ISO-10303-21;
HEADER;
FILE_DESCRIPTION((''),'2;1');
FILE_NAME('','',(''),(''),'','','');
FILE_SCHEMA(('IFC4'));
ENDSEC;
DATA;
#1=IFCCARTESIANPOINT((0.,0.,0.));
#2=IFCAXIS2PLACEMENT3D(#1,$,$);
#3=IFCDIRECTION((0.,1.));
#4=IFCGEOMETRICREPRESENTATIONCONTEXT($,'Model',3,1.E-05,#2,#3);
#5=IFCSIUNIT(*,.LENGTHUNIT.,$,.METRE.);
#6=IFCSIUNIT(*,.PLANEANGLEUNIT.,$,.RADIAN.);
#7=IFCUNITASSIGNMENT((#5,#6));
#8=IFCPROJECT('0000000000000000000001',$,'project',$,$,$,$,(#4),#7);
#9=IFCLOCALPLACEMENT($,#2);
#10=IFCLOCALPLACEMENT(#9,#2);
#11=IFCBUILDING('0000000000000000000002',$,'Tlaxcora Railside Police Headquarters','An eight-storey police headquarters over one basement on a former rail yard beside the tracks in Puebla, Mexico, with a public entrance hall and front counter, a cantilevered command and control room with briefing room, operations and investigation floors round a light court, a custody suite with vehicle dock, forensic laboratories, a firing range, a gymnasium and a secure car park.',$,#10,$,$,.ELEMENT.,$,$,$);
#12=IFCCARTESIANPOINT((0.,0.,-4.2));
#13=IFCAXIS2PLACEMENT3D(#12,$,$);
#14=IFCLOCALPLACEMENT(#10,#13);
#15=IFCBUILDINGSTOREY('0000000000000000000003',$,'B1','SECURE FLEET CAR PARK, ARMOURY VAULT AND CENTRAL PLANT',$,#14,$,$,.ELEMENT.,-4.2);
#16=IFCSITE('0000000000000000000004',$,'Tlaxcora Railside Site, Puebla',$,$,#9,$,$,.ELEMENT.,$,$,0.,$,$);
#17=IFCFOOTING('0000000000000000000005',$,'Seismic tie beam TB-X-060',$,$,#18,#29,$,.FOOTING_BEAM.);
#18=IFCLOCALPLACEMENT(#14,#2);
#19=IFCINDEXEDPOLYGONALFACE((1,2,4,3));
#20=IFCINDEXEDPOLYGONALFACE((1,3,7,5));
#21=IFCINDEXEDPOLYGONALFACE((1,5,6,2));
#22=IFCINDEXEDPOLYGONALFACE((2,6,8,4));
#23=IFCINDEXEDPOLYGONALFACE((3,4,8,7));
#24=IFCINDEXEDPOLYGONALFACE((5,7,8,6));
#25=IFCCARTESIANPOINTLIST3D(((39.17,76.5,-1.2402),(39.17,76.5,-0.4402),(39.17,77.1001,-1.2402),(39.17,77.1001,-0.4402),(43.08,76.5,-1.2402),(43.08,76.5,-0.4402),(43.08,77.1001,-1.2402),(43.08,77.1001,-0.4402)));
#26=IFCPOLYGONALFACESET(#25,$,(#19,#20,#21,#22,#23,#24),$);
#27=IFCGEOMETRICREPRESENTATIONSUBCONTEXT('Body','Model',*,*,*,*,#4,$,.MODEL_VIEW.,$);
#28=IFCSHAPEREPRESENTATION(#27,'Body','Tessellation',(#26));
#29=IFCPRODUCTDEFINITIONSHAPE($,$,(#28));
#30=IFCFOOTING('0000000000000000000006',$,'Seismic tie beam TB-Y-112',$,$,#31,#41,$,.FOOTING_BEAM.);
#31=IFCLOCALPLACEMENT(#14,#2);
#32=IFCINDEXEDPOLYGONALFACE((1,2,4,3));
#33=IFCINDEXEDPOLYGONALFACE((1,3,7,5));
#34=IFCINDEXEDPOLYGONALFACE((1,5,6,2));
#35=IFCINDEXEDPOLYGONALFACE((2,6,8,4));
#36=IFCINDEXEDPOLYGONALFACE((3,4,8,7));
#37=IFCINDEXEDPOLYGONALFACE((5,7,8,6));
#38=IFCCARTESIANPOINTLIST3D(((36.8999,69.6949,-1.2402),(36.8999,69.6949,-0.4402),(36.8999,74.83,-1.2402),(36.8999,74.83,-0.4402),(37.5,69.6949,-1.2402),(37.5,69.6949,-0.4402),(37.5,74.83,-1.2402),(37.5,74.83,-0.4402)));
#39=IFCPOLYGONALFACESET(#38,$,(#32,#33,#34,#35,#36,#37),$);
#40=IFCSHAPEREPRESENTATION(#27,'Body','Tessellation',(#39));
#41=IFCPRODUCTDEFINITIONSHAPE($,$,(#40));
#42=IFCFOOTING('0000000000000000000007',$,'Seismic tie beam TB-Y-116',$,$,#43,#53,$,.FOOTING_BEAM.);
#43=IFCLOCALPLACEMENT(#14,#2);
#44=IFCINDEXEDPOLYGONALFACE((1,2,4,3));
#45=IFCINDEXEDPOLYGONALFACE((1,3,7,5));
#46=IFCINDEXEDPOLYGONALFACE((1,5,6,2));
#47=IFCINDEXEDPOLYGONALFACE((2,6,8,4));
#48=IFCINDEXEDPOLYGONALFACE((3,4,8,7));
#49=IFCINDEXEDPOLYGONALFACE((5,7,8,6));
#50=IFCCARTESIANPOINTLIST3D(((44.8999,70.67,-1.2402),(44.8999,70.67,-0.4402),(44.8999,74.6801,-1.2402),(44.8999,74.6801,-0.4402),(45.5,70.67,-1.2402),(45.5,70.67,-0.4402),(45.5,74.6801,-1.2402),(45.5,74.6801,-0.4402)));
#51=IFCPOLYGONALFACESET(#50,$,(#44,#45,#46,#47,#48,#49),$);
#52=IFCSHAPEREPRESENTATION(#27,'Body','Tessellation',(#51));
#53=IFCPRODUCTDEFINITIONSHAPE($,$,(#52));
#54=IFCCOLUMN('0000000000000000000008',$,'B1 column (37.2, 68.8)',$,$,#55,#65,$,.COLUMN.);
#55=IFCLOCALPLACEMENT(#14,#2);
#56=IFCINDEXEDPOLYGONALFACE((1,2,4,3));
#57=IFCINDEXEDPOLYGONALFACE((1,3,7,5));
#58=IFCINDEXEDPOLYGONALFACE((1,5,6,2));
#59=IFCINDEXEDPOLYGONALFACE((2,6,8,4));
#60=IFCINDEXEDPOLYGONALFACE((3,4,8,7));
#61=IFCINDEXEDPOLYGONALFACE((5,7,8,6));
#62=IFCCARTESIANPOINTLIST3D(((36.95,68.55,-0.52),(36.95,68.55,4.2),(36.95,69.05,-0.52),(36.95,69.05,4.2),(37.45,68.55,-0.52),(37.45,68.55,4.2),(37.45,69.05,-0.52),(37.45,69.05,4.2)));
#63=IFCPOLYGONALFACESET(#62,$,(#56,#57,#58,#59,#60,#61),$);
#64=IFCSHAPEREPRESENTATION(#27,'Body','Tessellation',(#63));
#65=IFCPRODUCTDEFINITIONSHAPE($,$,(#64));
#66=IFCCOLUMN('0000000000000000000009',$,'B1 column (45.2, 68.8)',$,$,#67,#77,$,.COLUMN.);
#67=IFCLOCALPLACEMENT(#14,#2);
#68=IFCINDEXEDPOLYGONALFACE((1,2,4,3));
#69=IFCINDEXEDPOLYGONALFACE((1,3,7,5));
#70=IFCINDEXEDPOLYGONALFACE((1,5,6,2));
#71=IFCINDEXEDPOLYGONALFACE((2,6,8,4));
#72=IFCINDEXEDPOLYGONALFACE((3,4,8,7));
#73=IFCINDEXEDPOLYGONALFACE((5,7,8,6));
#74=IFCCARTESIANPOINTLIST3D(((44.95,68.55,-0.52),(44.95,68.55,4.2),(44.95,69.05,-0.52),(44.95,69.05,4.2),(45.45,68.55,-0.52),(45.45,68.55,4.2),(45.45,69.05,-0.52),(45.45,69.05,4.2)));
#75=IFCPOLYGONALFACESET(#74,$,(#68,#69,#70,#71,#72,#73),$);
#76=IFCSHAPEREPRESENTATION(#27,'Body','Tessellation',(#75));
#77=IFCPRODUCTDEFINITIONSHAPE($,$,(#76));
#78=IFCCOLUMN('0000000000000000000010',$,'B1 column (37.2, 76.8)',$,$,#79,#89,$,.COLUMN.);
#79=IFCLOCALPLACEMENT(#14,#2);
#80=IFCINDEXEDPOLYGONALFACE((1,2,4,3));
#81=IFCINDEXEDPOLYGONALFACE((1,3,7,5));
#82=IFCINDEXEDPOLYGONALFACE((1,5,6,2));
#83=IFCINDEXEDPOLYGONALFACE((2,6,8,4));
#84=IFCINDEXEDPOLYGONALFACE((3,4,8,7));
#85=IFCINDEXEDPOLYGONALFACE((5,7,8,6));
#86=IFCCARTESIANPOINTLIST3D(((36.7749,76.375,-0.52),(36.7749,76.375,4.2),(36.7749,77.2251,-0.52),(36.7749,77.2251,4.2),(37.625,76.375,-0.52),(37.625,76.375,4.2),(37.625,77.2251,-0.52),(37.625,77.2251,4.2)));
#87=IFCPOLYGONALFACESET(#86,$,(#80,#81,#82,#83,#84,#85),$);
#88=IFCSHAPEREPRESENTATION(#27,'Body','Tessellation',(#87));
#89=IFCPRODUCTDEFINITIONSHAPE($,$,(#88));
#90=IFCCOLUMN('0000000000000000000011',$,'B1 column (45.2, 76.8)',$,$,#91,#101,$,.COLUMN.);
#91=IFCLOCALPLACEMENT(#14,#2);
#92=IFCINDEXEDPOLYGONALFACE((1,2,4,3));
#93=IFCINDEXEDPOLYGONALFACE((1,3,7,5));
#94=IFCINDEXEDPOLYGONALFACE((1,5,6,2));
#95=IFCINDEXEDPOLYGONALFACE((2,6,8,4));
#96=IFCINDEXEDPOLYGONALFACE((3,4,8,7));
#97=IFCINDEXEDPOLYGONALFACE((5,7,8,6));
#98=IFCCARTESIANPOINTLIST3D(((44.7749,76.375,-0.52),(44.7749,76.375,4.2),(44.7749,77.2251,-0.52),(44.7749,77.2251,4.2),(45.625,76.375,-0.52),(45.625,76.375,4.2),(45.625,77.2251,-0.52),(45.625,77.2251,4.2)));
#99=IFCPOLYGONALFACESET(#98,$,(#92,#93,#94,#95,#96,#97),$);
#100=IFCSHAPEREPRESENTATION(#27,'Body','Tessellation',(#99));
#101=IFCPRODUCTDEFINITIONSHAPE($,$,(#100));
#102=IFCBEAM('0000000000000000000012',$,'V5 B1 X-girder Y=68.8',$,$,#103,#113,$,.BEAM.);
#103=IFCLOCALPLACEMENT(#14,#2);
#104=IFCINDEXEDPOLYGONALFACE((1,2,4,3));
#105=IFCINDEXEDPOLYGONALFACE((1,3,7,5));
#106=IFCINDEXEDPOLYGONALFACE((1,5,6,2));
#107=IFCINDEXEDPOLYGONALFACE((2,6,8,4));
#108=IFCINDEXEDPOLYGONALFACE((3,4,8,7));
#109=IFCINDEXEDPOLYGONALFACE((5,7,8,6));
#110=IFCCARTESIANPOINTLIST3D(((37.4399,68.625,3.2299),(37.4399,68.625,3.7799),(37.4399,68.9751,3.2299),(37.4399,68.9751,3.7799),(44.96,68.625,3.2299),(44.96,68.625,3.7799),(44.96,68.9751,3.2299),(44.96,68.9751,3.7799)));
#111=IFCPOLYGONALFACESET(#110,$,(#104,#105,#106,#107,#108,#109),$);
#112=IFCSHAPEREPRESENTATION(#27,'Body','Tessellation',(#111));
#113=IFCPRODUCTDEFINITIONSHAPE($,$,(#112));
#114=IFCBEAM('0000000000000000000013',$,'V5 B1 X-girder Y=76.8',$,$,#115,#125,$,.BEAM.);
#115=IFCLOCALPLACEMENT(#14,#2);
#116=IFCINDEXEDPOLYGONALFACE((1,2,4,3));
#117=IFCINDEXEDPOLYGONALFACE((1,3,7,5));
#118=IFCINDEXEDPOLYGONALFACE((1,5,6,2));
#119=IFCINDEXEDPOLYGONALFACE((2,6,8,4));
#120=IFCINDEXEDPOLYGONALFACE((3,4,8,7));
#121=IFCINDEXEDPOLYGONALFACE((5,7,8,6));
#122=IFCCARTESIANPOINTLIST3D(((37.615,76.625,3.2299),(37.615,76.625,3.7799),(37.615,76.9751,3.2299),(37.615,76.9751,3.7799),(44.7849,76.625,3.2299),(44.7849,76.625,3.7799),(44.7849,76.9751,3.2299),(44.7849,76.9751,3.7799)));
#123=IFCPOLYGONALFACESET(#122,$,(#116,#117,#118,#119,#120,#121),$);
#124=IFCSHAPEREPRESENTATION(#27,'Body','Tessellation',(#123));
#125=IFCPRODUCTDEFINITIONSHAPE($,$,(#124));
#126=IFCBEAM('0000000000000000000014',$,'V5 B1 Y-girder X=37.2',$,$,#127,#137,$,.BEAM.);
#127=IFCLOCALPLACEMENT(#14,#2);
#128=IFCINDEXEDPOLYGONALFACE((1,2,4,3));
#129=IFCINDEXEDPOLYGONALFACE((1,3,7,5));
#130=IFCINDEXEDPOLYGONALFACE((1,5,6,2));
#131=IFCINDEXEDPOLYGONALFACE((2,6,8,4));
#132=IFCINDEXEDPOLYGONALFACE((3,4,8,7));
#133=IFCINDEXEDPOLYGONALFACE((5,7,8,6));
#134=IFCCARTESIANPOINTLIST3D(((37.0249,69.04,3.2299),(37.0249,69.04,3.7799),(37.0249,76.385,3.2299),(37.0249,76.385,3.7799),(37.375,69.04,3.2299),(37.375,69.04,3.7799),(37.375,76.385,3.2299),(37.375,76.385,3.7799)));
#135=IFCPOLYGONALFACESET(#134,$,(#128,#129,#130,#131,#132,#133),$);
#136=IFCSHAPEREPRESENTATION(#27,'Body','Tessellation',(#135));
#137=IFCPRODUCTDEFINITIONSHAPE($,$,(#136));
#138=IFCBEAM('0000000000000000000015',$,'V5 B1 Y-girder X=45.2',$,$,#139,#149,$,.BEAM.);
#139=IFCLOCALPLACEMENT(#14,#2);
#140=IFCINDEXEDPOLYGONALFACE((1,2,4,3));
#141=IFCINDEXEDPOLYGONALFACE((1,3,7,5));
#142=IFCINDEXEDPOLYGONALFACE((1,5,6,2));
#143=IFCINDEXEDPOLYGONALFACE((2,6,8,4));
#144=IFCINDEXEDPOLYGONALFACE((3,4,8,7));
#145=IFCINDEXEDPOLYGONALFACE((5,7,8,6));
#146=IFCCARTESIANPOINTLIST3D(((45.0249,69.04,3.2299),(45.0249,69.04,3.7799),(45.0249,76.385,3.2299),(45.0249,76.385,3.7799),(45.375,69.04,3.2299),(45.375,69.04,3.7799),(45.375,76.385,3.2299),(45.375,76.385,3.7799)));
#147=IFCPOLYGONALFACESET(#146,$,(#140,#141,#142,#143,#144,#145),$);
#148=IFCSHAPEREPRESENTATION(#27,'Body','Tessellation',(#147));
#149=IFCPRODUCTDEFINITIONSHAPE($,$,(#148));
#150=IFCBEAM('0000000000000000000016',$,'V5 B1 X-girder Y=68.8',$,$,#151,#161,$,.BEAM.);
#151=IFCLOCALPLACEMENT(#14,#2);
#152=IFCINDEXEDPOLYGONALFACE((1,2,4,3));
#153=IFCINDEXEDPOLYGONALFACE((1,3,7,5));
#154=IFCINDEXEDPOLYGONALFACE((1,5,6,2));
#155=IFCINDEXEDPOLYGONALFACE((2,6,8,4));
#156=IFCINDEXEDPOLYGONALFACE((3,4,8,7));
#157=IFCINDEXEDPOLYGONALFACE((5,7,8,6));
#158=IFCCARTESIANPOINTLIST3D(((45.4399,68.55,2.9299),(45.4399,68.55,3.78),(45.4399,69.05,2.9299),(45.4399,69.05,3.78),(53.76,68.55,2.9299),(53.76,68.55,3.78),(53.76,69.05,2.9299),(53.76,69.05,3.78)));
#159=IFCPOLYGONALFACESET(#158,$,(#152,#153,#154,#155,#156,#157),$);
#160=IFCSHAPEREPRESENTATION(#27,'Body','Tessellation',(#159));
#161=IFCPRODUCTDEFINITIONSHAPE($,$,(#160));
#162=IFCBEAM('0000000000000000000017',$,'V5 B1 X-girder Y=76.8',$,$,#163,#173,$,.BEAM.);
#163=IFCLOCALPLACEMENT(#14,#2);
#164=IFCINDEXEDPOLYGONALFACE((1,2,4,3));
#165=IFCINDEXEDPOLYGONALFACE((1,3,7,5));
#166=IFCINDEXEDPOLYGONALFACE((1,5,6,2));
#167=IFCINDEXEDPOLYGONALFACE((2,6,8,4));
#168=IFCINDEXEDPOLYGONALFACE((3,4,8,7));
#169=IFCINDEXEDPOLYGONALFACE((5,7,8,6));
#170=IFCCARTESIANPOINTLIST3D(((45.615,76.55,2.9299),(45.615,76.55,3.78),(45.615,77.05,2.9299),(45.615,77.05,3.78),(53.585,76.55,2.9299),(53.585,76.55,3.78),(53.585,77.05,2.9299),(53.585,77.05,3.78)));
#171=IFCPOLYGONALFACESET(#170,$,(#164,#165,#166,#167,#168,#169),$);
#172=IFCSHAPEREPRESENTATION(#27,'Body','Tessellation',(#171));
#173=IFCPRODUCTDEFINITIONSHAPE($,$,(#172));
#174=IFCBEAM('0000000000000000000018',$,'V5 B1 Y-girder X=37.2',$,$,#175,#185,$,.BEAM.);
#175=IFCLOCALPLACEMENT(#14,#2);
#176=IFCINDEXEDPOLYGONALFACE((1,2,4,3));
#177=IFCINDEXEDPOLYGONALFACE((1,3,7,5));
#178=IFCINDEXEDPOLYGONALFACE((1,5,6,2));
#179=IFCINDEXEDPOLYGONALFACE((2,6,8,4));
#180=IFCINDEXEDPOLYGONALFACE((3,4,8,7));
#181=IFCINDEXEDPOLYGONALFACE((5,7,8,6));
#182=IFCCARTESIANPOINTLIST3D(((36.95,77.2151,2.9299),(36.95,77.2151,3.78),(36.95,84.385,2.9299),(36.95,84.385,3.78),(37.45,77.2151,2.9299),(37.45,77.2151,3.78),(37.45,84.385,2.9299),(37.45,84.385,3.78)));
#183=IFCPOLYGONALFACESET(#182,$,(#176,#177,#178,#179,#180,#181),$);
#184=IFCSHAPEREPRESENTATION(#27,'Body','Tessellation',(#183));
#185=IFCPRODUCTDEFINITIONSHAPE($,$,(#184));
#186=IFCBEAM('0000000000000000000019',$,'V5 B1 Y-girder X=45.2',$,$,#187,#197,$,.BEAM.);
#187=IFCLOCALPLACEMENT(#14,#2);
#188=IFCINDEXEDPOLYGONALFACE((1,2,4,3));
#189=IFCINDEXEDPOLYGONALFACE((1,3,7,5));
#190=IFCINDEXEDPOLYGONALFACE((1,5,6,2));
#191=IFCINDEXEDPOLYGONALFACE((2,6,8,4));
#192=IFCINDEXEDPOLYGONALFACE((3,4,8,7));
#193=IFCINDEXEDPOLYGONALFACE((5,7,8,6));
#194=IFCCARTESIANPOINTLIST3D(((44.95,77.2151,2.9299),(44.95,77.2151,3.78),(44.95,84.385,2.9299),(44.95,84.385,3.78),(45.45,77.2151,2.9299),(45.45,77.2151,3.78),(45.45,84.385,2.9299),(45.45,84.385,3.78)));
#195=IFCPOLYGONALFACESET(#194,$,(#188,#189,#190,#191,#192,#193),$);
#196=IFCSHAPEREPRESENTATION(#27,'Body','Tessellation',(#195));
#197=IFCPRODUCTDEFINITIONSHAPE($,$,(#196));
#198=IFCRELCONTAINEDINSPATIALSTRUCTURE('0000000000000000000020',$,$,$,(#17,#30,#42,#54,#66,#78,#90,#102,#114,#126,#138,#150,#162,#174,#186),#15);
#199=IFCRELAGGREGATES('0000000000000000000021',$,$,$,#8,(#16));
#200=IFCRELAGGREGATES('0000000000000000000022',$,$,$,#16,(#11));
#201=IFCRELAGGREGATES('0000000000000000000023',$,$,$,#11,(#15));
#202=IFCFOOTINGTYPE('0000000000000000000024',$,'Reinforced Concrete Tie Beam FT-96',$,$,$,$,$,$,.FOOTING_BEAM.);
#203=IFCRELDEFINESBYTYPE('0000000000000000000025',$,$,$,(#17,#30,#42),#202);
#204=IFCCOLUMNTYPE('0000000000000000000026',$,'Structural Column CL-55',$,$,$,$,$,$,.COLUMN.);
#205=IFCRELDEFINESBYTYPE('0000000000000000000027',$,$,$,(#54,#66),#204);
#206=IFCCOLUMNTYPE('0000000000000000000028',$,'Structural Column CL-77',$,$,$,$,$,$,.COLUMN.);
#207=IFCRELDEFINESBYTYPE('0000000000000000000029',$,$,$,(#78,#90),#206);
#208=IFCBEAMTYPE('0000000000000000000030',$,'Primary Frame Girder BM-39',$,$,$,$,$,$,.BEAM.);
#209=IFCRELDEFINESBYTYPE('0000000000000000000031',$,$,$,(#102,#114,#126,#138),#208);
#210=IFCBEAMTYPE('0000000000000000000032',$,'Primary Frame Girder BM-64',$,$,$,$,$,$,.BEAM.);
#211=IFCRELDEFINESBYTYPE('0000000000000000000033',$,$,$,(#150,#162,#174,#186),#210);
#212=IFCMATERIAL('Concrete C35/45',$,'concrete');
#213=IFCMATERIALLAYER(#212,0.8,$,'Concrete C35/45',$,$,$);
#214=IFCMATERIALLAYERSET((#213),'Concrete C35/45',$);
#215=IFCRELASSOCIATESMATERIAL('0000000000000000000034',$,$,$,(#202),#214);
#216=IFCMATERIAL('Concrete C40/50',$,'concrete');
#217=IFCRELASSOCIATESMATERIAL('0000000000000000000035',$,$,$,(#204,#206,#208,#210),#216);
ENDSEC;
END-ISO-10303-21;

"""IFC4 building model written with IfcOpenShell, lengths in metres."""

from ifc_helpers import new_model, si_unit, direction, frame, origin, origin_2d, place, context, subcontext, project, spatial, rectangle, extrude, material, layer, layer_set, material_profile, profile_set, type_object, element, save


model = new_model("IFC4")

# Units and contexts
model_context = context("Model", 3, precision=1e-05, world=origin(), true_north=direction((0.0, 1.0)))
body_context = subcontext(model_context, "Body", "Model", "MODEL_VIEW")
ifc_project = project(units=[si_unit("LENGTHUNIT", "METRE"), si_unit("PLANEANGLEUNIT", "RADIAN")], contexts=[model_context])

# Site, building, storey
site_placement = place(None, origin())
site = spatial("IfcSite", under=ifc_project, at=site_placement, Name="Tlaxcora Railside Site, Puebla", CompositionType="ELEMENT", RefElevation=0.0)
building_placement = place(site_placement, origin())
building = spatial("IfcBuilding", under=site, at=building_placement, Name="Tlaxcora Railside Police Headquarters", Description="An eight-storey police headquarters over one basement on a former rail yard beside the tracks in Puebla, Mexico, with a public entrance hall and front counter, a cantilevered command and control room with briefing room, operations and investigation floors round a light court, a custody suite with vehicle dock, forensic laboratories, a firing range, a gymnasium and a secure car park.", CompositionType="ELEMENT")
storey_placement = place(building_placement, frame((0.0, 0.0, -4.2)))
storey = spatial("IfcBuildingStorey", under=building, at=storey_placement, Name="B1", Description="SECURE FLEET CAR PARK, ARMOURY VAULT AND CENTRAL PLANT", CompositionType="ELEMENT", Elevation=-4.2)

# Shared definitions
ifc_material_1 = material(Name="Concrete C35/45", Category="concrete")

# Footings
ifc_material_2 = material(Name="Concrete C40/50", Category="concrete")
ifc_layer_1 = layer(ifc_material_1, 0.8, Name="Concrete C35/45")
ifc_layer_set_1 = layer_set([ifc_layer_1], Name="Concrete C35/45")
footing_type_1 = type_object("IfcFootingType", Name="Reinforced Concrete Tie Beam FT-96", PredefinedType="FOOTING_BEAM", material=ifc_layer_set_1)
footing_1_placement = place(storey_placement, frame((41.125, 76.8, -1.2402), z_axis=(0.0, 0.0, 1.0), x_axis=(1.0, 0.0, 0.0)))
element("IfcFooting", 1, at=footing_1_placement, inside=storey, type_object=footing_type_1, Name="Seismic tie beam TB-X-060", PredefinedType="FOOTING_BEAM", context=body_context, shape_type="SweptSolid", body=[
    extrude(rectangle(XDim=3.9099, YDim=0.6001, at=origin_2d()), origin(), (0.0, 0.0, 1.0), 0.8),
])
footing_2_placement = place(storey_placement, frame((37.2, 72.2625, -1.2402), z_axis=(0.0, 0.0, 1.0), x_axis=(0.0, 1.0, 0.0)))
element("IfcFooting", 2, at=footing_2_placement, inside=storey, type_object=footing_type_1, Name="Seismic tie beam TB-Y-112", PredefinedType="FOOTING_BEAM", context=body_context, shape_type="SweptSolid", body=[
    extrude(rectangle(XDim=5.135, YDim=0.6001, at=origin_2d()), origin(), (0.0, 0.0, 1.0), 0.8),
])
footing_3_placement = place(storey_placement, frame((45.2, 72.675, -1.2402), z_axis=(0.0, 0.0, 1.0), x_axis=(0.0, 1.0, 0.0)))
element("IfcFooting", 3, at=footing_3_placement, inside=storey, type_object=footing_type_1, Name="Seismic tie beam TB-Y-116", PredefinedType="FOOTING_BEAM", context=body_context, shape_type="SweptSolid", body=[
    extrude(rectangle(XDim=4.01, YDim=0.6001, at=origin_2d()), origin(), (0.0, 0.0, 1.0), 0.8),
])

# Columns
ifc_material_profile_1 = material_profile(ifc_material_2, rectangle(XDim=0.5, YDim=0.5, at=origin_2d()), Name="RC500X500")
ifc_profile_set_1 = profile_set([ifc_material_profile_1], Name="Concrete C40/50")
column_type_1 = type_object("IfcColumnType", Name="Structural Column CL-55", PredefinedType="COLUMN", material=ifc_profile_set_1)
for number, where, z_axis, x_axis, name in (
    (4, (37.2, 68.8, -0.52), (0.0, 0.0, 1.0), (1.0, 0.0, 0.0), "B1 column (37.2, 68.8)"),
    (5, (45.2, 68.8, -0.52), (0.0, 0.0, 1.0), (1.0, 0.0, 0.0), "B1 column (45.2, 68.8)"),
):
    element("IfcColumn", number, at=place(storey_placement, frame(where, z_axis=z_axis, x_axis=x_axis)), inside=storey, type_object=column_type_1, Name=name, PredefinedType="COLUMN", context=body_context, shape_type="SweptSolid", body=[
        extrude(rectangle(XDim=0.5, YDim=0.5, at=origin_2d()), origin(), (0.0, 0.0, 1.0), 4.72),
    ])
ifc_material_profile_2 = material_profile(ifc_material_2, rectangle(XDim=0.8501, YDim=0.8501, at=origin_2d()), Name="RC850X850")
ifc_profile_set_2 = profile_set([ifc_material_profile_2], Name="Concrete C40/50")
column_type_2 = type_object("IfcColumnType", Name="Structural Column CL-77", PredefinedType="COLUMN", material=ifc_profile_set_2)
for number, where, z_axis, x_axis, name in (
    (6, (37.2, 76.8, -0.52), (0.0, 0.0, 1.0), (1.0, 0.0, 0.0), "B1 column (37.2, 76.8)"),
    (7, (45.2, 76.8, -0.52), (0.0, 0.0, 1.0), (1.0, 0.0, 0.0), "B1 column (45.2, 76.8)"),
):
    element("IfcColumn", number, at=place(storey_placement, frame(where, z_axis=z_axis, x_axis=x_axis)), inside=storey, type_object=column_type_2, Name=name, PredefinedType="COLUMN", context=body_context, shape_type="SweptSolid", body=[
        extrude(rectangle(XDim=0.8501, YDim=0.8501, at=origin_2d()), origin(), (0.0, 0.0, 1.0), 4.72),
    ])

# Beams
ifc_material_profile_3 = material_profile(ifc_material_2, rectangle(XDim=0.3501, YDim=0.55, at=origin_2d()), Name="RC350X550")
ifc_profile_set_3 = profile_set([ifc_material_profile_3], Name="Concrete C40/50")
beam_type_1 = type_object("IfcBeamType", Name="Primary Frame Girder BM-39", PredefinedType="BEAM", material=ifc_profile_set_3)
beam_1_placement = place(storey_placement, frame((37.4399, 68.8, 3.5049), z_axis=(1.0, 0.0, 0.0), x_axis=(0.0, 1.0, 0.0)))
element("IfcBeam", 8, at=beam_1_placement, inside=storey, type_object=beam_type_1, Name="V5 B1 X-girder Y=68.8", PredefinedType="BEAM", context=body_context, shape_type="SweptSolid", body=[
    extrude(rectangle(XDim=0.3501, YDim=0.55, at=origin_2d()), origin(), (0.0, 0.0, 1.0), 7.52),
])
beam_2_placement = place(storey_placement, frame((37.615, 76.8, 3.5049), z_axis=(1.0, 0.0, 0.0), x_axis=(0.0, 1.0, 0.0)))
element("IfcBeam", 9, at=beam_2_placement, inside=storey, type_object=beam_type_1, Name="V5 B1 X-girder Y=76.8", PredefinedType="BEAM", context=body_context, shape_type="SweptSolid", body=[
    extrude(rectangle(XDim=0.3501, YDim=0.55, at=origin_2d()), origin(), (0.0, 0.0, 1.0), 7.1699),
])
for number, where, z_axis, x_axis, name in (
    (10, (37.2, 69.04, 3.5049), (0.0, 1.0, 0.0), (-1.0, 0.0, 0.0), "V5 B1 Y-girder X=37.2"),
    (11, (45.2, 69.04, 3.5049), (0.0, 1.0, 0.0), (-1.0, 0.0, 0.0), "V5 B1 Y-girder X=45.2"),
):
    element("IfcBeam", number, at=place(storey_placement, frame(where, z_axis=z_axis, x_axis=x_axis)), inside=storey, type_object=beam_type_1, Name=name, PredefinedType="BEAM", context=body_context, shape_type="SweptSolid", body=[
        extrude(rectangle(XDim=0.3501, YDim=0.55, at=origin_2d()), origin(), (0.0, 0.0, 1.0), 7.345),
    ])
ifc_material_profile_4 = material_profile(ifc_material_2, rectangle(XDim=0.5, YDim=0.8501, at=origin_2d()), Name="RC500X850")
ifc_profile_set_4 = profile_set([ifc_material_profile_4], Name="Concrete C40/50")
beam_type_2 = type_object("IfcBeamType", Name="Primary Frame Girder BM-64", PredefinedType="BEAM", material=ifc_profile_set_4)
beam_3_placement = place(storey_placement, frame((45.4399, 68.8, 3.355), z_axis=(1.0, 0.0, 0.0), x_axis=(0.0, 1.0, 0.0)))
element("IfcBeam", 12, at=beam_3_placement, inside=storey, type_object=beam_type_2, Name="V5 B1 X-girder Y=68.8", PredefinedType="BEAM", context=body_context, shape_type="SweptSolid", body=[
    extrude(rectangle(XDim=0.5, YDim=0.8501, at=origin_2d()), origin(), (0.0, 0.0, 1.0), 8.3201),
])
beam_4_placement = place(storey_placement, frame((45.615, 76.8, 3.355), z_axis=(1.0, 0.0, 0.0), x_axis=(0.0, 1.0, 0.0)))
element("IfcBeam", 13, at=beam_4_placement, inside=storey, type_object=beam_type_2, Name="V5 B1 X-girder Y=76.8", PredefinedType="BEAM", context=body_context, shape_type="SweptSolid", body=[
    extrude(rectangle(XDim=0.5, YDim=0.8501, at=origin_2d()), origin(), (0.0, 0.0, 1.0), 7.97),
])
for number, where, z_axis, x_axis, name in (
    (14, (37.2, 77.2151, 3.355), (0.0, 1.0, 0.0), (-1.0, 0.0, 0.0), "V5 B1 Y-girder X=37.2"),
    (15, (45.2, 77.2151, 3.355), (0.0, 1.0, 0.0), (-1.0, 0.0, 0.0), "V5 B1 Y-girder X=45.2"),
):
    element("IfcBeam", number, at=place(storey_placement, frame(where, z_axis=z_axis, x_axis=x_axis)), inside=storey, type_object=beam_type_2, Name=name, PredefinedType="BEAM", context=body_context, shape_type="SweptSolid", body=[
        extrude(rectangle(XDim=0.5, YDim=0.8501, at=origin_2d()), origin(), (0.0, 0.0, 1.0), 7.1699),
    ])

save(model, "model.ifc")
